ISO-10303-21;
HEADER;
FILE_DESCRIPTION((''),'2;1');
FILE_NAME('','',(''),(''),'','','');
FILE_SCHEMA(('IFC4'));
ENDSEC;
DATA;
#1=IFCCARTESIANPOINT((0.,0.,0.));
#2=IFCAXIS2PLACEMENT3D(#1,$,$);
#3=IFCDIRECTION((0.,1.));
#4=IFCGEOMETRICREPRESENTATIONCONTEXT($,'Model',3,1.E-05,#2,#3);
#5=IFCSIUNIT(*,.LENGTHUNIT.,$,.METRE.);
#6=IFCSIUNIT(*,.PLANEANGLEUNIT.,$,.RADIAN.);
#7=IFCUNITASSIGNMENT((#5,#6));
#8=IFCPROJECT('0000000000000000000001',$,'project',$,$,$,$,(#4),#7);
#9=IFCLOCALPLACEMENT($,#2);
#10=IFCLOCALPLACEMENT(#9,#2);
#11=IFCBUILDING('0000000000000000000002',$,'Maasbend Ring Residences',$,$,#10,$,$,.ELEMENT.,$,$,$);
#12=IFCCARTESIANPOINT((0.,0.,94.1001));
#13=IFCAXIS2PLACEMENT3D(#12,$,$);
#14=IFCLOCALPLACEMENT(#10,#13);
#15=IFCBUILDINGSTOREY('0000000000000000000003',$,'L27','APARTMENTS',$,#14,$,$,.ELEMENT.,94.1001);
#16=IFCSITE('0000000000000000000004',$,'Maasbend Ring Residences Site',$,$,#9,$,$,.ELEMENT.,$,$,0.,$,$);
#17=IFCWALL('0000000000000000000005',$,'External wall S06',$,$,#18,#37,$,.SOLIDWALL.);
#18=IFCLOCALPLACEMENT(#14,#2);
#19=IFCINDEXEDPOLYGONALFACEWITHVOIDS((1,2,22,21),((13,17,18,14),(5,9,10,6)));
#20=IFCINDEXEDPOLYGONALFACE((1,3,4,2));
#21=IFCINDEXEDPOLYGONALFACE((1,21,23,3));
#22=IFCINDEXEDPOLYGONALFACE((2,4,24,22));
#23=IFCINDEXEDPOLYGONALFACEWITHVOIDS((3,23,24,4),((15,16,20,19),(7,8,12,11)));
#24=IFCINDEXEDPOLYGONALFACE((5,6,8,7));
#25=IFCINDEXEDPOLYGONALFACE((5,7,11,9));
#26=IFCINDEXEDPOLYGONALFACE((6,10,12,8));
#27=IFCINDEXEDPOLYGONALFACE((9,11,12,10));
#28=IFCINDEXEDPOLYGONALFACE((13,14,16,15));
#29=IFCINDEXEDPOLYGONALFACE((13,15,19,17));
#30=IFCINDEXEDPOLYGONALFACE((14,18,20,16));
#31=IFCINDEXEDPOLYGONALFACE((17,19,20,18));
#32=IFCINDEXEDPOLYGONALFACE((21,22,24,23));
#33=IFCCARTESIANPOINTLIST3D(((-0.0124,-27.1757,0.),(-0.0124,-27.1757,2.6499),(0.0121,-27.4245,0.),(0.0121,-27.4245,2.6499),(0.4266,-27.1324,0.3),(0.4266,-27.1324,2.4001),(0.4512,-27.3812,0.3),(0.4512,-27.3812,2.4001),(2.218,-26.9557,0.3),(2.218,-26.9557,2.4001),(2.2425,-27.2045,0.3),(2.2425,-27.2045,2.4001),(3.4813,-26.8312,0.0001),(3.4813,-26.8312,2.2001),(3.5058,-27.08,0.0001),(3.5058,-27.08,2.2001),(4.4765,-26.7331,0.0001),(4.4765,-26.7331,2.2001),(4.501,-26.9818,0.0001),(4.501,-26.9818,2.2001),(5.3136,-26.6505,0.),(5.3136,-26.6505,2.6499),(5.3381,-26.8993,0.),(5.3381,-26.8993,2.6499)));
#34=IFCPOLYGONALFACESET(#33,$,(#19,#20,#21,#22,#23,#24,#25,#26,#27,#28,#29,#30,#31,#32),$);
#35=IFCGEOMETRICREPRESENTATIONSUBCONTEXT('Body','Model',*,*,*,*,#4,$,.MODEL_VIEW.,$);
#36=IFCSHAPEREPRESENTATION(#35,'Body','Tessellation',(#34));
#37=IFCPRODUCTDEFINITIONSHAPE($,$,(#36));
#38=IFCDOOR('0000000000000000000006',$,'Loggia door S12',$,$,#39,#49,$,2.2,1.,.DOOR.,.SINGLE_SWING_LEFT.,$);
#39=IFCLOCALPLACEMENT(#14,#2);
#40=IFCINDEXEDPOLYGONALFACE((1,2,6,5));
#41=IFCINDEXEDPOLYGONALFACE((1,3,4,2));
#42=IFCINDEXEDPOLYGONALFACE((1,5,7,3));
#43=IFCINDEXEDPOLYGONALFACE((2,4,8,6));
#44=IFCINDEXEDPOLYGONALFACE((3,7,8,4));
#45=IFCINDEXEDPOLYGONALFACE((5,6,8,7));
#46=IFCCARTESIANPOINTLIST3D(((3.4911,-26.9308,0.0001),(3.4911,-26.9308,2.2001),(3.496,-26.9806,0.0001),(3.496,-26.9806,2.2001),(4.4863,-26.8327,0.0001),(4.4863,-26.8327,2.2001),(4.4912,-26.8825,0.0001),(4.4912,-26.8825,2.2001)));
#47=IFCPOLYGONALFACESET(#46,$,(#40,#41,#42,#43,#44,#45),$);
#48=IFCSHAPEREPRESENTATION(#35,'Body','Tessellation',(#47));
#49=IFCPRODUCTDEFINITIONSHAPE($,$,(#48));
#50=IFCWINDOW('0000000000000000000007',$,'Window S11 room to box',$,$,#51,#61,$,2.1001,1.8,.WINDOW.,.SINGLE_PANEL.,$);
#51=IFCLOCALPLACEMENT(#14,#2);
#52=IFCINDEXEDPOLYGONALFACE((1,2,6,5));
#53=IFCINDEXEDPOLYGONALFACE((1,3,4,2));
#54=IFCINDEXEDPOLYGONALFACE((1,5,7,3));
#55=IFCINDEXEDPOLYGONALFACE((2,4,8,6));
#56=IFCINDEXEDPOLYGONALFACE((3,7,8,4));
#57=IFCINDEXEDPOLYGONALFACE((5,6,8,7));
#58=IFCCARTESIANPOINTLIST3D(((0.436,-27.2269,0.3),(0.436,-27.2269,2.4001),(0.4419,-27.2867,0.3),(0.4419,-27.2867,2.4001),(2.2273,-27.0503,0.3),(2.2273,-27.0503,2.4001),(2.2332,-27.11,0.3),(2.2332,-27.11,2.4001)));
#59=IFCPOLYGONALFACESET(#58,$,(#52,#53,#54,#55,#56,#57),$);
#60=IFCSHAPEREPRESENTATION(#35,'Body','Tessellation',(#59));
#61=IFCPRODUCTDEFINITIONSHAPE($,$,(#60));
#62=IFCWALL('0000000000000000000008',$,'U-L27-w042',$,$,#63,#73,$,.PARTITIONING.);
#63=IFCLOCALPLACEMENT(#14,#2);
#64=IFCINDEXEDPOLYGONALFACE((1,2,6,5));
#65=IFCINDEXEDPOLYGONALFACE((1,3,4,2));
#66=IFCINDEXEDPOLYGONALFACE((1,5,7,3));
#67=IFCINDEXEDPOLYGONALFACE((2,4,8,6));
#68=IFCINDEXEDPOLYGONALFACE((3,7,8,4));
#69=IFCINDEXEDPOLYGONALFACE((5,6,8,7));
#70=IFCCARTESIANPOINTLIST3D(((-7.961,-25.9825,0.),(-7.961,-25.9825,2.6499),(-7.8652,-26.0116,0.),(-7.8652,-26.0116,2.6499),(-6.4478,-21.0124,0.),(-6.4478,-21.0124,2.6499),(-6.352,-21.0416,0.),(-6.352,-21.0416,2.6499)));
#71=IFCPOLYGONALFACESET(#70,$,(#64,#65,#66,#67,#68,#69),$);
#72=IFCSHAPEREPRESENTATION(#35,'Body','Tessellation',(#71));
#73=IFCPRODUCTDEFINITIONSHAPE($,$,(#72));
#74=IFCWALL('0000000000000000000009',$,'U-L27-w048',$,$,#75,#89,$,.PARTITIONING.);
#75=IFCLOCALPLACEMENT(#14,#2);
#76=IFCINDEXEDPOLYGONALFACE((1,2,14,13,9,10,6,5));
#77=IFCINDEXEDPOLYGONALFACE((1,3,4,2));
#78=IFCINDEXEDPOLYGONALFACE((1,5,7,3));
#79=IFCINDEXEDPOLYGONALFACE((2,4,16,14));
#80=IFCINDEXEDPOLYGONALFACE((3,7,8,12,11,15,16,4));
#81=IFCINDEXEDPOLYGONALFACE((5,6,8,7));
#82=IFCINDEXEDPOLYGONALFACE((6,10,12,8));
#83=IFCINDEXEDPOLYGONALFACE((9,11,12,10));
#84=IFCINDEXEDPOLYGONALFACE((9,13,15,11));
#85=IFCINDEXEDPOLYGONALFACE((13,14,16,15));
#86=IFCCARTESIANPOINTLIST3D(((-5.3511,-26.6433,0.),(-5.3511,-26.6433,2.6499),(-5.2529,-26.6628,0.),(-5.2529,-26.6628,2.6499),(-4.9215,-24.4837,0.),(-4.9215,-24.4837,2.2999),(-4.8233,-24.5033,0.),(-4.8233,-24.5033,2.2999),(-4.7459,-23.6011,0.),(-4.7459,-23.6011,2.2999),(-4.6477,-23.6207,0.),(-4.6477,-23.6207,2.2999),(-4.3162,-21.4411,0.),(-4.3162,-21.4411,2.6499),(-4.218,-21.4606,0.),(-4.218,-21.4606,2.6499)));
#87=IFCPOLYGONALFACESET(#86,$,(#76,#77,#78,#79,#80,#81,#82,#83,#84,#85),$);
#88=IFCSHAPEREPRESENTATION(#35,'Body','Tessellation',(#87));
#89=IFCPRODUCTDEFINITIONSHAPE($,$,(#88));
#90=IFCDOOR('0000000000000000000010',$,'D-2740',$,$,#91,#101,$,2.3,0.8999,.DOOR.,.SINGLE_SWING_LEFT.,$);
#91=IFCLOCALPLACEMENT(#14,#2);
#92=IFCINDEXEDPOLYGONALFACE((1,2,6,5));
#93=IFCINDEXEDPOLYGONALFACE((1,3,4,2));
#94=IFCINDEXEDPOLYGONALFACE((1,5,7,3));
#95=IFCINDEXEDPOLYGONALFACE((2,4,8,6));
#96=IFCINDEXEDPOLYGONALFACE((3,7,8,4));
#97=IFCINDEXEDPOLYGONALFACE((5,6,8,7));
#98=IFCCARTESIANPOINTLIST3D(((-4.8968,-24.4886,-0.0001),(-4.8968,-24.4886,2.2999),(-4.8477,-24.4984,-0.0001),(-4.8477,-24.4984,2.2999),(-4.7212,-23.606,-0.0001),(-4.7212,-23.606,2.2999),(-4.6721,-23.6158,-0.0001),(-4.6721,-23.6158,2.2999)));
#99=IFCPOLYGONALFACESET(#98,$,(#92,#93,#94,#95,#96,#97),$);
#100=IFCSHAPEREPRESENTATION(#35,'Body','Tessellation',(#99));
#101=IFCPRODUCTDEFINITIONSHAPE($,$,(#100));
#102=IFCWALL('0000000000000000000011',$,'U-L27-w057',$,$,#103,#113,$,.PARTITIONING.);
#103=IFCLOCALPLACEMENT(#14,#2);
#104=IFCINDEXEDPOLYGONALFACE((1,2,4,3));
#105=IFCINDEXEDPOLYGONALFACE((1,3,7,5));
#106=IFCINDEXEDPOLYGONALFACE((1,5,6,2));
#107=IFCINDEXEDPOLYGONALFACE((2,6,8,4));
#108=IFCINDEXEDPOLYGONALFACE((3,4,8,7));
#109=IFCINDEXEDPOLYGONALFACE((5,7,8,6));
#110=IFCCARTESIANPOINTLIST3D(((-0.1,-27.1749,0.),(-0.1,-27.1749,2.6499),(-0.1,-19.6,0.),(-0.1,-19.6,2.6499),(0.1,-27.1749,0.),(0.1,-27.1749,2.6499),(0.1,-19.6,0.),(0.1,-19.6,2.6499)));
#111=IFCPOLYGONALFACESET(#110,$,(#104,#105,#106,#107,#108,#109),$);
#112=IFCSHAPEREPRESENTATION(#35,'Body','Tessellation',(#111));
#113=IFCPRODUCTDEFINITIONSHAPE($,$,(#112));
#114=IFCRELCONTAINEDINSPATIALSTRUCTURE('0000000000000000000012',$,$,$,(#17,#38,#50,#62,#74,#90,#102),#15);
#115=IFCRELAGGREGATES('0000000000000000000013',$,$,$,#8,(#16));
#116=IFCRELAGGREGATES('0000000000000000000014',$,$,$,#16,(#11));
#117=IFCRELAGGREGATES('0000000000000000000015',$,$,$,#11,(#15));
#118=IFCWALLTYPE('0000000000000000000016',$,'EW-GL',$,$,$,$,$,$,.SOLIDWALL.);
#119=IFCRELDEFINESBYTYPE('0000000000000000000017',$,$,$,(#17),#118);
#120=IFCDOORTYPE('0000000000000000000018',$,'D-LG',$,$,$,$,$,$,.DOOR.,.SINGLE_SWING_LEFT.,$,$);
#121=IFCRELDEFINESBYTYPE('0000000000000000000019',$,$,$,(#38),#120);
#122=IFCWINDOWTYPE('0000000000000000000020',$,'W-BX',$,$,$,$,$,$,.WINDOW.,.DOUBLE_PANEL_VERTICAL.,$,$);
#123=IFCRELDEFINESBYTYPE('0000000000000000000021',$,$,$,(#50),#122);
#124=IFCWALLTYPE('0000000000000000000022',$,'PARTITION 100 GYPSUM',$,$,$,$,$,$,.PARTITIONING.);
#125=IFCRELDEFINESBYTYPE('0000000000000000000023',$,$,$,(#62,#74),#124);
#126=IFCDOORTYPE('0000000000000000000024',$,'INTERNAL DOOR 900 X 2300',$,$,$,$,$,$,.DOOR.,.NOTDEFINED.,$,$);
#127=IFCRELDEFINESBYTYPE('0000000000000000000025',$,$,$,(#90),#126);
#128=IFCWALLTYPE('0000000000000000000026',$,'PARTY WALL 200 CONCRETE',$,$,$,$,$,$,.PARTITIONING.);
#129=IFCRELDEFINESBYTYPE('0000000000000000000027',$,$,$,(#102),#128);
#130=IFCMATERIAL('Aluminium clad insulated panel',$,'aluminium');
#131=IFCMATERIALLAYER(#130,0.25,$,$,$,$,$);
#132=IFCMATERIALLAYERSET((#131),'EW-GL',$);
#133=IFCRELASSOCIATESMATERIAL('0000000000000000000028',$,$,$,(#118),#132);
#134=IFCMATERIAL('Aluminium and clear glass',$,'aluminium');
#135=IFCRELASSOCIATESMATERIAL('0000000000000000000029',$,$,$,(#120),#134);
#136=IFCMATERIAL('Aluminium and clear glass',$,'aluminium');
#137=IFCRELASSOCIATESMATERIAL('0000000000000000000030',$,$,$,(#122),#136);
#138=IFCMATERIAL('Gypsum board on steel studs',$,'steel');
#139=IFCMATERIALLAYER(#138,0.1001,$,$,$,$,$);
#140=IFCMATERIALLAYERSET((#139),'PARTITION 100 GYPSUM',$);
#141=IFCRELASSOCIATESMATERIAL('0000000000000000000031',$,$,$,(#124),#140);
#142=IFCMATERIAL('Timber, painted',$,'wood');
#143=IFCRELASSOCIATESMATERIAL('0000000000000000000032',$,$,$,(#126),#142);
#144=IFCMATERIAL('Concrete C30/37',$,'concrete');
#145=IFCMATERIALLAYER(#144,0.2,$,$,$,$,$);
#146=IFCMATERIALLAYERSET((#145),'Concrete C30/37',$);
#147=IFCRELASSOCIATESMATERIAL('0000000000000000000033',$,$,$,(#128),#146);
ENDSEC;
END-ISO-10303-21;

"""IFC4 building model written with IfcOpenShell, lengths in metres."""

from ifc_helpers import new_model, si_unit, direction, frame, frame_2d, origin, place, context, subcontext, project, spatial, rectangle, extrude, material, layer, layer_set, type_object, element, fill, save


model = new_model("IFC4")

# Units and contexts
model_context = context("Model", 3, precision=1e-05, world=origin(), true_north=direction((0.0, 1.0)))
body_context = subcontext(model_context, "Body", "Model", "MODEL_VIEW")
ifc_project = project(units=[si_unit("LENGTHUNIT", "METRE"), si_unit("PLANEANGLEUNIT", "RADIAN")], contexts=[model_context])

# Site, building, storey
site_placement = place(None, origin())
site = spatial("IfcSite", under=ifc_project, at=site_placement, Name="Maasbend Ring Residences Site", CompositionType="ELEMENT", RefElevation=0.0)
building_placement = place(site_placement, origin())
building = spatial("IfcBuilding", under=site, at=building_placement, Name="Maasbend Ring Residences", CompositionType="ELEMENT")
storey_placement = place(building_placement, frame((0.0, 0.0, 94.1001)))
storey = spatial("IfcBuildingStorey", under=building, at=storey_placement, Name="L27", Description="APARTMENTS", CompositionType="ELEMENT", Elevation=94.1001)

# Wall, openings, door, window
ifc_material_1 = material(Name="Aluminium clad insulated panel", Category="aluminium")
ifc_layer_1 = layer(ifc_material_1, 0.25)
ifc_layer_set_1 = layer_set([ifc_layer_1], Name="EW-GL")
wall_type_1 = type_object("IfcWallType", Name="EW-GL", PredefinedType="SOLIDWALL", material=ifc_layer_set_1)
ifc_material_2 = material(Name="Aluminium and clear glass", Category="aluminium")
door_type_1 = type_object("IfcDoorType", Name="D-LG", OperationType="SINGLE_SWING_LEFT", PredefinedType="DOOR", material=ifc_material_2)
ifc_material_3 = material(Name="Aluminium and clear glass", Category="aluminium")
window_type_1 = type_object("IfcWindowType", Name="W-BX", PartitioningType="DOUBLE_PANEL_VERTICAL", PredefinedType="WINDOW", material=ifc_material_3)
wall_1_placement = place(storey_placement, frame((0.0, -27.3, 0.0), z_axis=(0.0, 0.0, 1.0), x_axis=(0.995174, 0.098126, 0.0)))
wall_1 = element("IfcWall", 1, at=wall_1_placement, inside=storey, type_object=wall_type_1, Name="External wall S06", PredefinedType="SOLIDWALL", context=body_context, shape_type="SweptSolid", body=[
    extrude(rectangle(XDim=5.3518, YDim=0.25, at=frame_2d((2.6758, 0.0))), origin(), (0.0, 0.0, 1.0), 2.6499),
])
opening_1_placement = place(wall_1_placement, frame((0.4412, 0.0, 0.3)))
opening_1 = element("IfcOpeningElement", 2, at=opening_1_placement, cuts=wall_1, PredefinedType="OPENING", context=body_context, shape_type="SweptSolid", body=[
    extrude(rectangle(XDim=1.8, YDim=2.1001, at=frame_2d((0.8999, 1.05))), frame((0.0, 0.135, 0.0), z_axis=(0.0, -1.0, 0.0), x_axis=(1.0, 0.0, 0.0)), (0.0, 0.0, 1.0), 0.27),
])
opening_2_placement = place(wall_1_placement, frame((3.5105, 0.0, 0.0)))
opening_2 = element("IfcOpeningElement", 3, at=opening_2_placement, cuts=wall_1, PredefinedType="OPENING", context=body_context, shape_type="SweptSolid", body=[
    extrude(rectangle(XDim=1.0, YDim=2.2, at=frame_2d((0.5, 1.1001))), frame((0.0, 0.135, 0.0), z_axis=(0.0, -1.0, 0.0), x_axis=(1.0, 0.0, 0.0)), (0.0, 0.0, 1.0), 0.27),
])
door_1_placement = place(opening_2_placement, origin())
door_1 = element("IfcDoor", 4, at=door_1_placement, inside=storey, type_object=door_type_1, Name="Loggia door S12", OperationType="SINGLE_SWING_LEFT", OverallHeight=2.2, OverallWidth=1.0, PredefinedType="DOOR", context=body_context, shape_type="SweptSolid", body=[
    extrude(rectangle(XDim=1.0, YDim=2.2, at=frame_2d((0.5, 1.1001))), frame((0.0, 0.0249, 0.0), z_axis=(0.0, -1.0, 0.0), x_axis=(1.0, 0.0, 0.0)), (0.0, 0.0, 1.0), 0.05),
])
fill(opening_2, door_1)
window_1_placement = place(opening_1_placement, origin())
window_1 = element("IfcWindow", 5, at=window_1_placement, inside=storey, type_object=window_type_1, Name="Window S11 room to box", OverallHeight=2.1001, OverallWidth=1.8, PartitioningType="SINGLE_PANEL", PredefinedType="WINDOW", context=body_context, shape_type="SweptSolid", body=[
    extrude(rectangle(XDim=1.8, YDim=2.1001, at=frame_2d((0.8999, 1.05))), frame((0.0, 0.03, 0.0), z_axis=(0.0, -1.0, 0.0), x_axis=(1.0, 0.0, 0.0)), (0.0, 0.0, 1.0), 0.0601),
])
fill(opening_1, window_1)

# Wall
ifc_material_4 = material(Name="Gypsum board on steel studs", Category="steel")
ifc_layer_2 = layer(ifc_material_4, 0.1001)
ifc_layer_set_2 = layer_set([ifc_layer_2], Name="PARTITION 100 GYPSUM")
wall_type_2 = type_object("IfcWallType", Name="PARTITION 100 GYPSUM", PredefinedType="PARTITIONING", material=ifc_layer_set_2)
wall_2_placement = place(storey_placement, frame((-7.9131, -25.9971, 0.0), z_axis=(0.0, 0.0, 1.0), x_axis=(0.291264, 0.956643, 0.0)))
element("IfcWall", 6, at=wall_2_placement, inside=storey, type_object=wall_type_2, Name="U-L27-w042", PredefinedType="PARTITIONING", context=body_context, shape_type="SweptSolid", body=[
    extrude(rectangle(XDim=5.1953, YDim=0.1001, at=frame_2d((2.5977, 0.0))), origin(), (0.0, 0.0, 1.0), 2.6499),
])

# Wall, opening, door
wall_3_placement = place(storey_placement, frame((-5.302, -26.6531, 0.0), z_axis=(0.0, 0.0, 1.0), x_axis=(0.195116, 0.98078, 0.0)))
wall_3 = element("IfcWall", 7, at=wall_3_placement, inside=storey, type_object=wall_type_2, Name="U-L27-w048", PredefinedType="PARTITIONING", context=body_context, shape_type="SweptSolid", body=[
    extrude(rectangle(XDim=5.3042, YDim=0.1001, at=frame_2d((2.6521, 0.0))), origin(), (0.0, 0.0, 1.0), 2.6499),
])
opening_3_placement = place(wall_3_placement, frame((2.2019, 0.0, 0.0)))
opening_3 = element("IfcOpeningElement", 8, at=opening_3_placement, cuts=wall_3, PredefinedType="OPENING", context=body_context, shape_type="SweptSolid", body=[
    extrude(rectangle(XDim=0.8999, YDim=2.3, at=frame_2d((0.45, 1.1499))), frame((0.0, 0.0601, 0.0), z_axis=(0.0, -1.0, 0.0), x_axis=(1.0, 0.0, 0.0)), (0.0, 0.0, 1.0), 0.1201),
])
ifc_material_5 = material(Name="Timber, painted", Category="wood")
door_type_2 = type_object("IfcDoorType", Name="INTERNAL DOOR 900 X 2300", OperationType="NOTDEFINED", PredefinedType="DOOR", material=ifc_material_5)
door_2_placement = place(opening_3_placement, origin())
door_2 = element("IfcDoor", 9, at=door_2_placement, inside=storey, type_object=door_type_2, Name="D-2740", OperationType="SINGLE_SWING_LEFT", OverallHeight=2.3, OverallWidth=0.8999, PredefinedType="DOOR", context=body_context, shape_type="SweptSolid", body=[
    extrude(rectangle(XDim=0.8999, YDim=2.3, at=frame_2d((0.45, 1.1499))), frame((0.0, 0.0249, 0.0), z_axis=(0.0, -1.0, 0.0), x_axis=(1.0, 0.0, 0.0)), (0.0, 0.0, 1.0), 0.05),
])
fill(opening_3, door_2)

# Wall
ifc_material_6 = material(Name="Concrete C30/37", Category="concrete")
ifc_layer_3 = layer(ifc_material_6, 0.2)
ifc_layer_set_3 = layer_set([ifc_layer_3], Name="Concrete C30/37")
wall_type_3 = type_object("IfcWallType", Name="PARTY WALL 200 CONCRETE", PredefinedType="PARTITIONING", material=ifc_layer_set_3)
wall_4_placement = place(storey_placement, frame((0.0, -27.175, 0.0), z_axis=(0.0, 0.0, 1.0), x_axis=(0.0, 1.0, 0.0)))
element("IfcWall", 10, at=wall_4_placement, inside=storey, type_object=wall_type_3, Name="U-L27-w057", PredefinedType="PARTITIONING", context=body_context, shape_type="SweptSolid", body=[
    extrude(rectangle(XDim=7.575, YDim=0.2, at=frame_2d((3.7876, 0.0))), origin(), (0.0, 0.0, 1.0), 2.6499),
])

save(model, "model.ifc")
